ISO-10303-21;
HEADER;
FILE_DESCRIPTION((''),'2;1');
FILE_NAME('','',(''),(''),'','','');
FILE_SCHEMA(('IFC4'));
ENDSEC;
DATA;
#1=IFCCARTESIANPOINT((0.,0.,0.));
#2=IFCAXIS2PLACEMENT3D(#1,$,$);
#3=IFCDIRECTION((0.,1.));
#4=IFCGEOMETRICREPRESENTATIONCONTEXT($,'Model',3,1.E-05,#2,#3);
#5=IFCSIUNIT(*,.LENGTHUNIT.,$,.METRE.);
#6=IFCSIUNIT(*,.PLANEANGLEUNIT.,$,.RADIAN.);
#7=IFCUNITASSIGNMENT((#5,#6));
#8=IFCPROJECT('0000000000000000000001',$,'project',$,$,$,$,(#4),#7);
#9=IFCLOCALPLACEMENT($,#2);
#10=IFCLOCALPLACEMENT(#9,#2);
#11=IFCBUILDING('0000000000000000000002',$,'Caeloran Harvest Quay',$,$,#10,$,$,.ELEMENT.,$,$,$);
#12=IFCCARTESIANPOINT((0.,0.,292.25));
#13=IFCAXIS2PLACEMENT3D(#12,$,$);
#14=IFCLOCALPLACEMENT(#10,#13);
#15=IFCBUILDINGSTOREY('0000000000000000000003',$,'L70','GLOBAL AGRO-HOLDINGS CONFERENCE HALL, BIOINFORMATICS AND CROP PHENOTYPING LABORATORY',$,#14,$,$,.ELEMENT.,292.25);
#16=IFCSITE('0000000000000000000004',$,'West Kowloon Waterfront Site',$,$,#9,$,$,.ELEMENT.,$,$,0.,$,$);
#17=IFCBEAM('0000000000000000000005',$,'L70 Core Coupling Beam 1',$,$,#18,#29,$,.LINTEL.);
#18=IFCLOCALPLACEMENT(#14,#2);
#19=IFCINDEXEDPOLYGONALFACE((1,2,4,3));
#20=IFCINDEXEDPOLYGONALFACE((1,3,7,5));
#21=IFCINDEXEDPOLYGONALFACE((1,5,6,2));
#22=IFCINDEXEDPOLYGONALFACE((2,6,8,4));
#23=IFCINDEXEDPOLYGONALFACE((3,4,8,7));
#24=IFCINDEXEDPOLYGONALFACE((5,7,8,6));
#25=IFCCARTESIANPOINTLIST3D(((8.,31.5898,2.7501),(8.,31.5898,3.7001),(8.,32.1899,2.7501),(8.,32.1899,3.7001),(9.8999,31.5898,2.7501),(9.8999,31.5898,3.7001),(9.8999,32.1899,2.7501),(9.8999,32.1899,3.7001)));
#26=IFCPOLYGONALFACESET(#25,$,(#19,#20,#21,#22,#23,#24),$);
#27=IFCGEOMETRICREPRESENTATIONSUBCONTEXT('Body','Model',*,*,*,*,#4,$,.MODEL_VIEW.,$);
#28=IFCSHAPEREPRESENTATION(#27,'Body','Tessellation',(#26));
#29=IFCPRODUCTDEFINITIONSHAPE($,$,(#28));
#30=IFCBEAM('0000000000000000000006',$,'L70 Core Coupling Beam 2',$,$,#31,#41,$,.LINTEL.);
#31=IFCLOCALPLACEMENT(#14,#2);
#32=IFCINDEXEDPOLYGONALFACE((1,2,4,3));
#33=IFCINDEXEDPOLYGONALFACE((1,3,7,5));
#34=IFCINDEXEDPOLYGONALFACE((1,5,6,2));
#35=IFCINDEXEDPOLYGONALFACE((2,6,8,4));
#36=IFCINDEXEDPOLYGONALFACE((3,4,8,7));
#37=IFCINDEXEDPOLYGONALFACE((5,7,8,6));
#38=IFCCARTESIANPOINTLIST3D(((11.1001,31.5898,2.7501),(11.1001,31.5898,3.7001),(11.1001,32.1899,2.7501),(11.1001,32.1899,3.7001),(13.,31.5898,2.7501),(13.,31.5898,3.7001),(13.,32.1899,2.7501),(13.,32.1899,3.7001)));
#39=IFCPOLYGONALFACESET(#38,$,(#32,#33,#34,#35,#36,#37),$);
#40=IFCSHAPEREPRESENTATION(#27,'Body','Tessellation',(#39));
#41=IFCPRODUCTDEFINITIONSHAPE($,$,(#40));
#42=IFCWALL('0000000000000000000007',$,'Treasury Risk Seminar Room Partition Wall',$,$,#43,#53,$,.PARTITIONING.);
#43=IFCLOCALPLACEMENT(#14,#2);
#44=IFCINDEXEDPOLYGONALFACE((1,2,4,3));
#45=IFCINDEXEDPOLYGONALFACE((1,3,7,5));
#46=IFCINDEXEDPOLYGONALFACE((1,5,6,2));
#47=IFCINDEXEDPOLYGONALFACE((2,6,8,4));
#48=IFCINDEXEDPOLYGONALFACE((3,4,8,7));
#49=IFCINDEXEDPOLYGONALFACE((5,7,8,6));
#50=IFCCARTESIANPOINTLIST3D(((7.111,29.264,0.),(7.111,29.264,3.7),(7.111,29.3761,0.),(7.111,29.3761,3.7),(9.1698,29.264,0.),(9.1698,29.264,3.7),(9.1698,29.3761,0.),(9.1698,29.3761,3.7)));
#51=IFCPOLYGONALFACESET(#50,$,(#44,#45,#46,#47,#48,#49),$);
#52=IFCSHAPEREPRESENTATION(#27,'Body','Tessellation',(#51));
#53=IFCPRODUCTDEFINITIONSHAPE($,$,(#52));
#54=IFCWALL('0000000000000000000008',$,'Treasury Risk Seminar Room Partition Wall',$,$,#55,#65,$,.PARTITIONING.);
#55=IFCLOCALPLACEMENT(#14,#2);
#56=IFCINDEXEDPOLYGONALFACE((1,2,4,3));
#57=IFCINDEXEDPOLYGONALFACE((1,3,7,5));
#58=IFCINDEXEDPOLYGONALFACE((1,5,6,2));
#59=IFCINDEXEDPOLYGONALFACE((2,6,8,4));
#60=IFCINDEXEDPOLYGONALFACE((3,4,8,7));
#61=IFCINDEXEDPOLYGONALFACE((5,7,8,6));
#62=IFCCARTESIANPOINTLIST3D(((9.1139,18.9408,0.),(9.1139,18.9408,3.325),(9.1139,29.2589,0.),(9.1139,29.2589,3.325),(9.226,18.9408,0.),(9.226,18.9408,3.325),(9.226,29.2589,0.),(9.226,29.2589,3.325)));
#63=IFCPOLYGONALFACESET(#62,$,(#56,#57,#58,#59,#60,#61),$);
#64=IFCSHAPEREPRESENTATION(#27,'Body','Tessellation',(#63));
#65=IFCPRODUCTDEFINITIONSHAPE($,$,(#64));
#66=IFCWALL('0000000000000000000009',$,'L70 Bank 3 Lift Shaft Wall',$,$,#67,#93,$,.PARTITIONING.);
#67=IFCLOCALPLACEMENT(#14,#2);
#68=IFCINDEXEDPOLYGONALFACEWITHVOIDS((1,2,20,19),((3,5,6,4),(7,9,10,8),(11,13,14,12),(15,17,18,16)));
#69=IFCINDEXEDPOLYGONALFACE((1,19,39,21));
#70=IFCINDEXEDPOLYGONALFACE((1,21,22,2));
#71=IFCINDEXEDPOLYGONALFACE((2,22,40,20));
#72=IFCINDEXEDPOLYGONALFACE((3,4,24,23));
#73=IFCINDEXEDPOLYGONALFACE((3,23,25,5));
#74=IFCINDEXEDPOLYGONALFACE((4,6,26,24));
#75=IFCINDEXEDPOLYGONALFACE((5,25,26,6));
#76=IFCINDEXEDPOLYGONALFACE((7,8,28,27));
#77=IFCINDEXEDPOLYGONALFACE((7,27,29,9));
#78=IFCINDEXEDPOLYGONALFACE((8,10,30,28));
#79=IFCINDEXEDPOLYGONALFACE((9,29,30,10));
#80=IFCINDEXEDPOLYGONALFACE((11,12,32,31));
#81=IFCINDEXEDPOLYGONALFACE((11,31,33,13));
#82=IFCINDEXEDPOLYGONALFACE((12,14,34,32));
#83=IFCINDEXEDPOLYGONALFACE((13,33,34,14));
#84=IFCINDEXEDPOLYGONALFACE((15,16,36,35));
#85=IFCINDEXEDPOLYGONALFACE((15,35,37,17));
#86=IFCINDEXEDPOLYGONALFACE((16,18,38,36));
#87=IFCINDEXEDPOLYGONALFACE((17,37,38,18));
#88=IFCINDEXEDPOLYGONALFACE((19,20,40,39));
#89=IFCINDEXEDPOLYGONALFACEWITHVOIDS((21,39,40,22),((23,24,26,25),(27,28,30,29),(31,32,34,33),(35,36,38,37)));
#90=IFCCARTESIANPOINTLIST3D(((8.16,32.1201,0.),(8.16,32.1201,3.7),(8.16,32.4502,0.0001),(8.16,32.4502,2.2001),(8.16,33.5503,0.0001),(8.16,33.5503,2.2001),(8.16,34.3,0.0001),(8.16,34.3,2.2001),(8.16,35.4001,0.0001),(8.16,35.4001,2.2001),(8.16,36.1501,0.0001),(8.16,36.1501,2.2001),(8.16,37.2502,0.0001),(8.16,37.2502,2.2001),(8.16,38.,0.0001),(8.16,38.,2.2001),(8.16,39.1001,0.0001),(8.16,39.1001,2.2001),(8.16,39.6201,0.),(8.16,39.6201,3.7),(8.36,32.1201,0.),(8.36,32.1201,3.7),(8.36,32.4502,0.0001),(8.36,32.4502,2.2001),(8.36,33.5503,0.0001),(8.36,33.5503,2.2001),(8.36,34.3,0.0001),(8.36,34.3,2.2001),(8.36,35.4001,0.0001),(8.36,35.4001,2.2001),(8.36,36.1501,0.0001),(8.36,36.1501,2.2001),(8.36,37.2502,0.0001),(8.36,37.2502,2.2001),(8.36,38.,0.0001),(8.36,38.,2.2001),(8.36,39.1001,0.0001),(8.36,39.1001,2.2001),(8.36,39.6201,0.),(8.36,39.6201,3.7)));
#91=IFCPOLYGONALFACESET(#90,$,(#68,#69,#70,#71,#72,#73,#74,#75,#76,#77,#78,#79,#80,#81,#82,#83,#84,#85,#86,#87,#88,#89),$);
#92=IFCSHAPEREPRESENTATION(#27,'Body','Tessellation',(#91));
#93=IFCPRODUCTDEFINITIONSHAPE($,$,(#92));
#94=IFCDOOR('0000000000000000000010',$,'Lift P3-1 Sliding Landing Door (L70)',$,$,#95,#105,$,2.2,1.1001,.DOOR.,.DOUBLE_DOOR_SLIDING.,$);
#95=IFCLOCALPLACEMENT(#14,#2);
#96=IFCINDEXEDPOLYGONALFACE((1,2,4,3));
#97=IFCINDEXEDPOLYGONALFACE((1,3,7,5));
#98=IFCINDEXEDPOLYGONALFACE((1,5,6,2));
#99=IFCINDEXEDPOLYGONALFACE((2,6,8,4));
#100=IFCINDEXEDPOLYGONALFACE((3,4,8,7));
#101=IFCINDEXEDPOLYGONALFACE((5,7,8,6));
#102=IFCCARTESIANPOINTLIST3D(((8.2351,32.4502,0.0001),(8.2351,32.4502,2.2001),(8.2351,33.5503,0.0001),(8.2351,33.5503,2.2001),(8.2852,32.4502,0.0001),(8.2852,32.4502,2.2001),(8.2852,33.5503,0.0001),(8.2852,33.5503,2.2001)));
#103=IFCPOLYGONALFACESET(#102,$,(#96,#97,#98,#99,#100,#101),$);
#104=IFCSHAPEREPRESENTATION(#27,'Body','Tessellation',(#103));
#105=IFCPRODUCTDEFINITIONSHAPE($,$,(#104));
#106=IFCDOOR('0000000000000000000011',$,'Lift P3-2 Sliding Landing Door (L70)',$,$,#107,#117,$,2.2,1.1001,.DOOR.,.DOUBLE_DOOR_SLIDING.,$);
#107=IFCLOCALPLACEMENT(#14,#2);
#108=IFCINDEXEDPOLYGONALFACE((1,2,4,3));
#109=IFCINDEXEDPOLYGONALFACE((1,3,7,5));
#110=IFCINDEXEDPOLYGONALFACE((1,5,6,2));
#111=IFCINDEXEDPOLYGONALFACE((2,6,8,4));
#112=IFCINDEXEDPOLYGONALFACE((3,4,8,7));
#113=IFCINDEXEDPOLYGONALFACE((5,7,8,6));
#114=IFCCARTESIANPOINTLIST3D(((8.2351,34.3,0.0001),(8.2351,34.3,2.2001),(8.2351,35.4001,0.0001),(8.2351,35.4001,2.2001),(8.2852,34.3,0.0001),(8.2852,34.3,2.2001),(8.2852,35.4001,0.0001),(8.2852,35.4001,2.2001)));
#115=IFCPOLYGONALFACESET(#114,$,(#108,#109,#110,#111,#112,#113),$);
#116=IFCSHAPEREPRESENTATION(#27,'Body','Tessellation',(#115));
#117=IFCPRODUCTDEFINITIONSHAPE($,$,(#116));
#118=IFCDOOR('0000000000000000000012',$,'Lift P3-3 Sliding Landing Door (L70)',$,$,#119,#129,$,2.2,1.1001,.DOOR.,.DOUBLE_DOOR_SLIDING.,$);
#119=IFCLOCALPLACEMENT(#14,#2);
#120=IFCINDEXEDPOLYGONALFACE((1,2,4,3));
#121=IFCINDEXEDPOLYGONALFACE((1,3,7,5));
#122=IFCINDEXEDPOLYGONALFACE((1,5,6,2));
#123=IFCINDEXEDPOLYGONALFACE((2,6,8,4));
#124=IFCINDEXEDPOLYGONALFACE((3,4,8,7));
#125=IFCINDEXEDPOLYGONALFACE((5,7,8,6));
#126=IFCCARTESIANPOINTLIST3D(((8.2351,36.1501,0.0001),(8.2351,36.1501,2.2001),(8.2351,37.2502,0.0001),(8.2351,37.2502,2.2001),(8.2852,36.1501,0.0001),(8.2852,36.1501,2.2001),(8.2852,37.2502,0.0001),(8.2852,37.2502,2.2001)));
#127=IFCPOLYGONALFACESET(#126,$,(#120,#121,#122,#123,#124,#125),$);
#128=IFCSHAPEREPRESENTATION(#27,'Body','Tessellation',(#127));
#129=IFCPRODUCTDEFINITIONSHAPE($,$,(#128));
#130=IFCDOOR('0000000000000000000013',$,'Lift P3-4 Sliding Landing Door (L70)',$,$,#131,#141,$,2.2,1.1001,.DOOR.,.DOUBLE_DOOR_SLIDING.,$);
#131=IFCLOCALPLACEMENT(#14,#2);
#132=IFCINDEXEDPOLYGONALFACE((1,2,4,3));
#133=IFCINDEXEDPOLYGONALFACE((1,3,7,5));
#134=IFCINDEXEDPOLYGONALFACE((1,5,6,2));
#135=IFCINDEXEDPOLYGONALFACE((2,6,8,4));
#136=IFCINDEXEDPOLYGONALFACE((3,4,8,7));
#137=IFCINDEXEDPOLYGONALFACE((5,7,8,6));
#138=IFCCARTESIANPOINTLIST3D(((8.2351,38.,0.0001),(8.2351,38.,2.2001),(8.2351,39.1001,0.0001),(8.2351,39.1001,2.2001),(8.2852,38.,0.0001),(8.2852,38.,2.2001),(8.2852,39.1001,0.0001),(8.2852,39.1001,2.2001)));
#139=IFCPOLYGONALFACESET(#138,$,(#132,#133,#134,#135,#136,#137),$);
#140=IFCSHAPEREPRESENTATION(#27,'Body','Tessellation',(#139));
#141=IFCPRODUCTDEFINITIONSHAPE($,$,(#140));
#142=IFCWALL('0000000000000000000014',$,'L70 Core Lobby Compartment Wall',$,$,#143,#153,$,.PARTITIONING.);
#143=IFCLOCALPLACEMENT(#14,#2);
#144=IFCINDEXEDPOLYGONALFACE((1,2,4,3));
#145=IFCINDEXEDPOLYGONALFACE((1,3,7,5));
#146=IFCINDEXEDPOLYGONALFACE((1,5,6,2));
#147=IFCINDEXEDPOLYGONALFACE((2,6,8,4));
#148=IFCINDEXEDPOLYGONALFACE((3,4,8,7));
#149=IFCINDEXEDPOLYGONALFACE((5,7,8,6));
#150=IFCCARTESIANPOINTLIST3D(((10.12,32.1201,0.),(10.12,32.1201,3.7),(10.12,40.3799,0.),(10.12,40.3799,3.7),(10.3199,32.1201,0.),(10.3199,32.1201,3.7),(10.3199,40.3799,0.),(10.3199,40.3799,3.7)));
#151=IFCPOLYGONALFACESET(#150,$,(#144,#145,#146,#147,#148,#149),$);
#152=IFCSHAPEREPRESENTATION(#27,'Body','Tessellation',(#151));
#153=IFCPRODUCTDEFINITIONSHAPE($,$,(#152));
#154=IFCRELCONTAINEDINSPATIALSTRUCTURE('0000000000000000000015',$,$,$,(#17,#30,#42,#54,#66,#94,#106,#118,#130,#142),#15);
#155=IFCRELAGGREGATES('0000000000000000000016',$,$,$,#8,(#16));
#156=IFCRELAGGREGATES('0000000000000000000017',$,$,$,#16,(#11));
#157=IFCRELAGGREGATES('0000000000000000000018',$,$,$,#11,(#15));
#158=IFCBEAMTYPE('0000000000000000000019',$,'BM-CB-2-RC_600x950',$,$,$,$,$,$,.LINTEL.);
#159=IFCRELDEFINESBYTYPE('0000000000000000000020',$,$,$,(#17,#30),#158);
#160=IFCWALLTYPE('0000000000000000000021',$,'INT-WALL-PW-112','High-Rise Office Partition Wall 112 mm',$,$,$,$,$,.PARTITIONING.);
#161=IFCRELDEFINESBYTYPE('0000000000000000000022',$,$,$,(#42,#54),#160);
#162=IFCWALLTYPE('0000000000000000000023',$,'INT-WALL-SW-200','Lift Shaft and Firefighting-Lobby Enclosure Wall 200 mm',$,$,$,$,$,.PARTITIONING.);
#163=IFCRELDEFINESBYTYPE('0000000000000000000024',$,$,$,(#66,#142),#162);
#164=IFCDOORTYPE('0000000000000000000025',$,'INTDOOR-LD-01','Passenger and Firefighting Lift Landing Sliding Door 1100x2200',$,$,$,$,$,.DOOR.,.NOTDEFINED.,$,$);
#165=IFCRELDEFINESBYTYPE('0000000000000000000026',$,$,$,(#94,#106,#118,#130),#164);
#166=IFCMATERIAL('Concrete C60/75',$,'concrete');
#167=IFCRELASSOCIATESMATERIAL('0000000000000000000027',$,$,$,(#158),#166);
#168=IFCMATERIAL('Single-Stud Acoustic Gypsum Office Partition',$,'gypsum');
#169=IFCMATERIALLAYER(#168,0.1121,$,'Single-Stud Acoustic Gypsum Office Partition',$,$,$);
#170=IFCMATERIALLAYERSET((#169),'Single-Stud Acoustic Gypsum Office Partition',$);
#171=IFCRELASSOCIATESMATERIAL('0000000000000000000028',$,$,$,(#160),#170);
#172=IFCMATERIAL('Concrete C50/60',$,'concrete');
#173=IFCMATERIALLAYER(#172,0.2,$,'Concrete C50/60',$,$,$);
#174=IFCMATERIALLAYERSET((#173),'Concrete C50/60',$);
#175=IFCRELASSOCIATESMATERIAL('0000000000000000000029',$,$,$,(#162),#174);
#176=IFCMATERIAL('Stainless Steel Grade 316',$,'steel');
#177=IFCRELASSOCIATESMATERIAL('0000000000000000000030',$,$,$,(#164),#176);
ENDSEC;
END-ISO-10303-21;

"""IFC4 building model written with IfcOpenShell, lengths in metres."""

from ifc_helpers import new_model, si_unit, direction, frame, frame_2d, origin, origin_2d, place, context, subcontext, project, spatial, rectangle, extrude, material, layer, layer_set, material_profile, profile_set, type_object, element, fill, save


model = new_model("IFC4")

# Units and contexts
model_context = context("Model", 3, precision=1e-05, world=origin(), true_north=direction((0.0, 1.0)))
body_context = subcontext(model_context, "Body", "Model", "MODEL_VIEW")
ifc_project = project(units=[si_unit("LENGTHUNIT", "METRE"), si_unit("PLANEANGLEUNIT", "RADIAN")], contexts=[model_context])

# Site, building, storey
site_placement = place(None, origin())
site = spatial("IfcSite", under=ifc_project, at=site_placement, Name="West Kowloon Waterfront Site", CompositionType="ELEMENT", RefElevation=0.0)
building_placement = place(site_placement, origin())
building = spatial("IfcBuilding", under=site, at=building_placement, Name="Caeloran Harvest Quay", CompositionType="ELEMENT")
storey_placement = place(building_placement, frame((0.0, 0.0, 292.25)))
storey = spatial("IfcBuildingStorey", under=building, at=storey_placement, Name="L70", Description="GLOBAL AGRO-HOLDINGS CONFERENCE HALL, BIOINFORMATICS AND CROP PHENOTYPING LABORATORY", CompositionType="ELEMENT", Elevation=292.25)

# Beams
ifc_material_1 = material(Name="Concrete C60/75", Category="concrete")
ifc_material_profile = material_profile(ifc_material_1, rectangle(XDim=0.6001, YDim=0.95, at=origin_2d()), Name="RC 600x950")
ifc_profile_set = profile_set([ifc_material_profile], Name="Concrete C60/75")
beam_type = type_object("IfcBeamType", Name="BM-CB-2-RC_600x950", PredefinedType="LINTEL", material=ifc_profile_set)
for number, where, z_axis, x_axis, name in (
    (1, (8.0, 31.8899, 3.2251), (1.0, 0.0, 0.0), (0.0, 1.0, 0.0), "L70 Core Coupling Beam 1"),
    (2, (11.1001, 31.8899, 3.2251), (1.0, 0.0, 0.0), (0.0, 1.0, 0.0), "L70 Core Coupling Beam 2"),
):
    element("IfcBeam", number, at=place(storey_placement, frame(where, z_axis=z_axis, x_axis=x_axis)), inside=storey, type_object=beam_type, Name=name, PredefinedType="LINTEL", context=body_context, shape_type="SweptSolid", body=[
        extrude(rectangle(XDim=0.6001, YDim=0.95, at=origin_2d()), origin(), (0.0, 0.0, 1.0), 1.8999),
    ])

# Walls
ifc_material_2 = material(Name="Single-Stud Acoustic Gypsum Office Partition", Category="gypsum")
ifc_layer_1 = layer(ifc_material_2, 0.1121, Name="Single-Stud Acoustic Gypsum Office Partition")
ifc_layer_set_1 = layer_set([ifc_layer_1], Name="Single-Stud Acoustic Gypsum Office Partition")
wall_type_1 = type_object("IfcWallType", Name="INT-WALL-PW-112", Description="High-Rise Office Partition Wall 112 mm", PredefinedType="PARTITIONING", material=ifc_layer_set_1)
wall_1_placement = place(storey_placement, frame((7.1111, 29.3201, 0.0), z_axis=(0.0, 0.0, 1.0), x_axis=(1.0, 0.0, 0.0)))
element("IfcWall", 3, at=wall_1_placement, inside=storey, type_object=wall_type_1, Name="Treasury Risk Seminar Room Partition Wall", PredefinedType="PARTITIONING", context=body_context, shape_type="SweptSolid", body=[
    extrude(rectangle(XDim=2.0588, YDim=0.1121, at=frame_2d((1.0293, 0.0))), origin(), (0.0, 0.0, 1.0), 3.7),
])
wall_2_placement = place(storey_placement, frame((9.1699, 29.259, 0.0), z_axis=(0.0, 0.0, 1.0), x_axis=(0.0, -1.0, 0.0)))
element("IfcWall", 4, at=wall_2_placement, inside=storey, type_object=wall_type_1, Name="Treasury Risk Seminar Room Partition Wall", PredefinedType="PARTITIONING", context=body_context, shape_type="SweptSolid", body=[
    extrude(rectangle(XDim=10.3181, YDim=0.1121, at=frame_2d((5.1592, 0.0))), origin(), (0.0, 0.0, 1.0), 3.325),
])

# Wall, openings, doors
ifc_material_3 = material(Name="Concrete C50/60", Category="concrete")
ifc_layer_2 = layer(ifc_material_3, 0.2, Name="Concrete C50/60")
ifc_layer_set_2 = layer_set([ifc_layer_2], Name="Concrete C50/60")
wall_type_2 = type_object("IfcWallType", Name="INT-WALL-SW-200", Description="Lift Shaft and Firefighting-Lobby Enclosure Wall 200 mm", PredefinedType="PARTITIONING", material=ifc_layer_set_2)
wall_3_placement = place(storey_placement, frame((8.26, 32.1201, 0.0), z_axis=(0.0, 0.0, 1.0), x_axis=(0.0, 1.0, 0.0)))
wall_3 = element("IfcWall", 5, at=wall_3_placement, inside=storey, type_object=wall_type_2, Name="L70 Bank 3 Lift Shaft Wall", PredefinedType="PARTITIONING", context=body_context, shape_type="SweptSolid", body=[
    extrude(rectangle(XDim=7.5, YDim=0.2, at=frame_2d((3.75, 0.0))), origin(), (0.0, 0.0, 1.0), 3.7),
])
opening_1_placement = place(wall_3_placement, frame((0.3301, 0.0, 0.0)))
opening_1 = element("IfcOpeningElement", 6, at=opening_1_placement, cuts=wall_3, PredefinedType="OPENING", context=body_context, shape_type="SweptSolid", body=[
    extrude(rectangle(XDim=1.1001, YDim=2.2, at=frame_2d((0.55, 1.1001))), frame((0.0, 0.1099, 0.0), z_axis=(0.0, -1.0, 0.0), x_axis=(1.0, 0.0, 0.0)), (0.0, 0.0, 1.0), 0.22),
])
opening_2_placement = place(wall_3_placement, frame((2.1799, 0.0, 0.0)))
opening_2 = element("IfcOpeningElement", 7, at=opening_2_placement, cuts=wall_3, PredefinedType="OPENING", context=body_context, shape_type="SweptSolid", body=[
    extrude(rectangle(XDim=1.1001, YDim=2.2, at=frame_2d((0.55, 1.1001))), frame((0.0, 0.1099, 0.0), z_axis=(0.0, -1.0, 0.0), x_axis=(1.0, 0.0, 0.0)), (0.0, 0.0, 1.0), 0.22),
])
opening_3_placement = place(wall_3_placement, frame((4.03, 0.0, 0.0)))
opening_3 = element("IfcOpeningElement", 8, at=opening_3_placement, cuts=wall_3, PredefinedType="OPENING", context=body_context, shape_type="SweptSolid", body=[
    extrude(rectangle(XDim=1.1001, YDim=2.2, at=frame_2d((0.55, 1.1001))), frame((0.0, 0.1099, 0.0), z_axis=(0.0, -1.0, 0.0), x_axis=(1.0, 0.0, 0.0)), (0.0, 0.0, 1.0), 0.22),
])
opening_4_placement = place(wall_3_placement, frame((5.8799, 0.0, 0.0)))
opening_4 = element("IfcOpeningElement", 9, at=opening_4_placement, cuts=wall_3, PredefinedType="OPENING", context=body_context, shape_type="SweptSolid", body=[
    extrude(rectangle(XDim=1.1001, YDim=2.2, at=frame_2d((0.55, 1.1001))), frame((0.0, 0.1099, 0.0), z_axis=(0.0, -1.0, 0.0), x_axis=(1.0, 0.0, 0.0)), (0.0, 0.0, 1.0), 0.22),
])
ifc_material_4 = material(Name="Stainless Steel Grade 316", Category="steel")
door_type_1 = type_object("IfcDoorType", Name="INTDOOR-LD-01", Description="Passenger and Firefighting Lift Landing Sliding Door 1100x2200", OperationType="NOTDEFINED", PredefinedType="DOOR", material=ifc_material_4)
door_1_placement = place(opening_1_placement, origin())
door_1 = element("IfcDoor", 10, at=door_1_placement, inside=storey, type_object=door_type_1, Name="Lift P3-1 Sliding Landing Door (L70)", OperationType="DOUBLE_DOOR_SLIDING", OverallHeight=2.2, OverallWidth=1.1001, PredefinedType="DOOR", context=body_context, shape_type="SweptSolid", body=[
    extrude(rectangle(XDim=1.1001, YDim=2.2, at=frame_2d((0.55, 1.1001))), frame((0.0, 0.0249, 0.0), z_axis=(0.0, -1.0, 0.0), x_axis=(1.0, 0.0, 0.0)), (0.0, 0.0, 1.0), 0.05),
])
fill(opening_1, door_1)
door_2_placement = place(opening_2_placement, origin())
door_2 = element("IfcDoor", 11, at=door_2_placement, inside=storey, type_object=door_type_1, Name="Lift P3-2 Sliding Landing Door (L70)", OperationType="DOUBLE_DOOR_SLIDING", OverallHeight=2.2, OverallWidth=1.1001, PredefinedType="DOOR", context=body_context, shape_type="SweptSolid", body=[
    extrude(rectangle(XDim=1.1001, YDim=2.2, at=frame_2d((0.55, 1.1001))), frame((0.0, 0.0249, 0.0), z_axis=(0.0, -1.0, 0.0), x_axis=(1.0, 0.0, 0.0)), (0.0, 0.0, 1.0), 0.05),
])
fill(opening_2, door_2)
door_3_placement = place(opening_3_placement, origin())
door_3 = element("IfcDoor", 12, at=door_3_placement, inside=storey, type_object=door_type_1, Name="Lift P3-3 Sliding Landing Door (L70)", OperationType="DOUBLE_DOOR_SLIDING", OverallHeight=2.2, OverallWidth=1.1001, PredefinedType="DOOR", context=body_context, shape_type="SweptSolid", body=[
    extrude(rectangle(XDim=1.1001, YDim=2.2, at=frame_2d((0.55, 1.1001))), frame((0.0, 0.0249, 0.0), z_axis=(0.0, -1.0, 0.0), x_axis=(1.0, 0.0, 0.0)), (0.0, 0.0, 1.0), 0.05),
])
fill(opening_3, door_3)
door_4_placement = place(opening_4_placement, origin())
door_4 = element("IfcDoor", 13, at=door_4_placement, inside=storey, type_object=door_type_1, Name="Lift P3-4 Sliding Landing Door (L70)", OperationType="DOUBLE_DOOR_SLIDING", OverallHeight=2.2, OverallWidth=1.1001, PredefinedType="DOOR", context=body_context, shape_type="SweptSolid", body=[
    extrude(rectangle(XDim=1.1001, YDim=2.2, at=frame_2d((0.55, 1.1001))), frame((0.0, 0.0249, 0.0), z_axis=(0.0, -1.0, 0.0), x_axis=(1.0, 0.0, 0.0)), (0.0, 0.0, 1.0), 0.05),
])
fill(opening_4, door_4)

# Wall
wall_4_placement = place(storey_placement, frame((10.22, 32.1201, 0.0), z_axis=(0.0, 0.0, 1.0), x_axis=(0.0, 1.0, 0.0)))
element("IfcWall", 14, at=wall_4_placement, inside=storey, type_object=wall_type_2, Name="L70 Core Lobby Compartment Wall", PredefinedType="PARTITIONING", context=body_context, shape_type="SweptSolid", body=[
    extrude(rectangle(XDim=8.2598, YDim=0.2, at=frame_2d((4.1299, 0.0))), origin(), (0.0, 0.0, 1.0), 3.7),
])

save(model, "model.ifc")
